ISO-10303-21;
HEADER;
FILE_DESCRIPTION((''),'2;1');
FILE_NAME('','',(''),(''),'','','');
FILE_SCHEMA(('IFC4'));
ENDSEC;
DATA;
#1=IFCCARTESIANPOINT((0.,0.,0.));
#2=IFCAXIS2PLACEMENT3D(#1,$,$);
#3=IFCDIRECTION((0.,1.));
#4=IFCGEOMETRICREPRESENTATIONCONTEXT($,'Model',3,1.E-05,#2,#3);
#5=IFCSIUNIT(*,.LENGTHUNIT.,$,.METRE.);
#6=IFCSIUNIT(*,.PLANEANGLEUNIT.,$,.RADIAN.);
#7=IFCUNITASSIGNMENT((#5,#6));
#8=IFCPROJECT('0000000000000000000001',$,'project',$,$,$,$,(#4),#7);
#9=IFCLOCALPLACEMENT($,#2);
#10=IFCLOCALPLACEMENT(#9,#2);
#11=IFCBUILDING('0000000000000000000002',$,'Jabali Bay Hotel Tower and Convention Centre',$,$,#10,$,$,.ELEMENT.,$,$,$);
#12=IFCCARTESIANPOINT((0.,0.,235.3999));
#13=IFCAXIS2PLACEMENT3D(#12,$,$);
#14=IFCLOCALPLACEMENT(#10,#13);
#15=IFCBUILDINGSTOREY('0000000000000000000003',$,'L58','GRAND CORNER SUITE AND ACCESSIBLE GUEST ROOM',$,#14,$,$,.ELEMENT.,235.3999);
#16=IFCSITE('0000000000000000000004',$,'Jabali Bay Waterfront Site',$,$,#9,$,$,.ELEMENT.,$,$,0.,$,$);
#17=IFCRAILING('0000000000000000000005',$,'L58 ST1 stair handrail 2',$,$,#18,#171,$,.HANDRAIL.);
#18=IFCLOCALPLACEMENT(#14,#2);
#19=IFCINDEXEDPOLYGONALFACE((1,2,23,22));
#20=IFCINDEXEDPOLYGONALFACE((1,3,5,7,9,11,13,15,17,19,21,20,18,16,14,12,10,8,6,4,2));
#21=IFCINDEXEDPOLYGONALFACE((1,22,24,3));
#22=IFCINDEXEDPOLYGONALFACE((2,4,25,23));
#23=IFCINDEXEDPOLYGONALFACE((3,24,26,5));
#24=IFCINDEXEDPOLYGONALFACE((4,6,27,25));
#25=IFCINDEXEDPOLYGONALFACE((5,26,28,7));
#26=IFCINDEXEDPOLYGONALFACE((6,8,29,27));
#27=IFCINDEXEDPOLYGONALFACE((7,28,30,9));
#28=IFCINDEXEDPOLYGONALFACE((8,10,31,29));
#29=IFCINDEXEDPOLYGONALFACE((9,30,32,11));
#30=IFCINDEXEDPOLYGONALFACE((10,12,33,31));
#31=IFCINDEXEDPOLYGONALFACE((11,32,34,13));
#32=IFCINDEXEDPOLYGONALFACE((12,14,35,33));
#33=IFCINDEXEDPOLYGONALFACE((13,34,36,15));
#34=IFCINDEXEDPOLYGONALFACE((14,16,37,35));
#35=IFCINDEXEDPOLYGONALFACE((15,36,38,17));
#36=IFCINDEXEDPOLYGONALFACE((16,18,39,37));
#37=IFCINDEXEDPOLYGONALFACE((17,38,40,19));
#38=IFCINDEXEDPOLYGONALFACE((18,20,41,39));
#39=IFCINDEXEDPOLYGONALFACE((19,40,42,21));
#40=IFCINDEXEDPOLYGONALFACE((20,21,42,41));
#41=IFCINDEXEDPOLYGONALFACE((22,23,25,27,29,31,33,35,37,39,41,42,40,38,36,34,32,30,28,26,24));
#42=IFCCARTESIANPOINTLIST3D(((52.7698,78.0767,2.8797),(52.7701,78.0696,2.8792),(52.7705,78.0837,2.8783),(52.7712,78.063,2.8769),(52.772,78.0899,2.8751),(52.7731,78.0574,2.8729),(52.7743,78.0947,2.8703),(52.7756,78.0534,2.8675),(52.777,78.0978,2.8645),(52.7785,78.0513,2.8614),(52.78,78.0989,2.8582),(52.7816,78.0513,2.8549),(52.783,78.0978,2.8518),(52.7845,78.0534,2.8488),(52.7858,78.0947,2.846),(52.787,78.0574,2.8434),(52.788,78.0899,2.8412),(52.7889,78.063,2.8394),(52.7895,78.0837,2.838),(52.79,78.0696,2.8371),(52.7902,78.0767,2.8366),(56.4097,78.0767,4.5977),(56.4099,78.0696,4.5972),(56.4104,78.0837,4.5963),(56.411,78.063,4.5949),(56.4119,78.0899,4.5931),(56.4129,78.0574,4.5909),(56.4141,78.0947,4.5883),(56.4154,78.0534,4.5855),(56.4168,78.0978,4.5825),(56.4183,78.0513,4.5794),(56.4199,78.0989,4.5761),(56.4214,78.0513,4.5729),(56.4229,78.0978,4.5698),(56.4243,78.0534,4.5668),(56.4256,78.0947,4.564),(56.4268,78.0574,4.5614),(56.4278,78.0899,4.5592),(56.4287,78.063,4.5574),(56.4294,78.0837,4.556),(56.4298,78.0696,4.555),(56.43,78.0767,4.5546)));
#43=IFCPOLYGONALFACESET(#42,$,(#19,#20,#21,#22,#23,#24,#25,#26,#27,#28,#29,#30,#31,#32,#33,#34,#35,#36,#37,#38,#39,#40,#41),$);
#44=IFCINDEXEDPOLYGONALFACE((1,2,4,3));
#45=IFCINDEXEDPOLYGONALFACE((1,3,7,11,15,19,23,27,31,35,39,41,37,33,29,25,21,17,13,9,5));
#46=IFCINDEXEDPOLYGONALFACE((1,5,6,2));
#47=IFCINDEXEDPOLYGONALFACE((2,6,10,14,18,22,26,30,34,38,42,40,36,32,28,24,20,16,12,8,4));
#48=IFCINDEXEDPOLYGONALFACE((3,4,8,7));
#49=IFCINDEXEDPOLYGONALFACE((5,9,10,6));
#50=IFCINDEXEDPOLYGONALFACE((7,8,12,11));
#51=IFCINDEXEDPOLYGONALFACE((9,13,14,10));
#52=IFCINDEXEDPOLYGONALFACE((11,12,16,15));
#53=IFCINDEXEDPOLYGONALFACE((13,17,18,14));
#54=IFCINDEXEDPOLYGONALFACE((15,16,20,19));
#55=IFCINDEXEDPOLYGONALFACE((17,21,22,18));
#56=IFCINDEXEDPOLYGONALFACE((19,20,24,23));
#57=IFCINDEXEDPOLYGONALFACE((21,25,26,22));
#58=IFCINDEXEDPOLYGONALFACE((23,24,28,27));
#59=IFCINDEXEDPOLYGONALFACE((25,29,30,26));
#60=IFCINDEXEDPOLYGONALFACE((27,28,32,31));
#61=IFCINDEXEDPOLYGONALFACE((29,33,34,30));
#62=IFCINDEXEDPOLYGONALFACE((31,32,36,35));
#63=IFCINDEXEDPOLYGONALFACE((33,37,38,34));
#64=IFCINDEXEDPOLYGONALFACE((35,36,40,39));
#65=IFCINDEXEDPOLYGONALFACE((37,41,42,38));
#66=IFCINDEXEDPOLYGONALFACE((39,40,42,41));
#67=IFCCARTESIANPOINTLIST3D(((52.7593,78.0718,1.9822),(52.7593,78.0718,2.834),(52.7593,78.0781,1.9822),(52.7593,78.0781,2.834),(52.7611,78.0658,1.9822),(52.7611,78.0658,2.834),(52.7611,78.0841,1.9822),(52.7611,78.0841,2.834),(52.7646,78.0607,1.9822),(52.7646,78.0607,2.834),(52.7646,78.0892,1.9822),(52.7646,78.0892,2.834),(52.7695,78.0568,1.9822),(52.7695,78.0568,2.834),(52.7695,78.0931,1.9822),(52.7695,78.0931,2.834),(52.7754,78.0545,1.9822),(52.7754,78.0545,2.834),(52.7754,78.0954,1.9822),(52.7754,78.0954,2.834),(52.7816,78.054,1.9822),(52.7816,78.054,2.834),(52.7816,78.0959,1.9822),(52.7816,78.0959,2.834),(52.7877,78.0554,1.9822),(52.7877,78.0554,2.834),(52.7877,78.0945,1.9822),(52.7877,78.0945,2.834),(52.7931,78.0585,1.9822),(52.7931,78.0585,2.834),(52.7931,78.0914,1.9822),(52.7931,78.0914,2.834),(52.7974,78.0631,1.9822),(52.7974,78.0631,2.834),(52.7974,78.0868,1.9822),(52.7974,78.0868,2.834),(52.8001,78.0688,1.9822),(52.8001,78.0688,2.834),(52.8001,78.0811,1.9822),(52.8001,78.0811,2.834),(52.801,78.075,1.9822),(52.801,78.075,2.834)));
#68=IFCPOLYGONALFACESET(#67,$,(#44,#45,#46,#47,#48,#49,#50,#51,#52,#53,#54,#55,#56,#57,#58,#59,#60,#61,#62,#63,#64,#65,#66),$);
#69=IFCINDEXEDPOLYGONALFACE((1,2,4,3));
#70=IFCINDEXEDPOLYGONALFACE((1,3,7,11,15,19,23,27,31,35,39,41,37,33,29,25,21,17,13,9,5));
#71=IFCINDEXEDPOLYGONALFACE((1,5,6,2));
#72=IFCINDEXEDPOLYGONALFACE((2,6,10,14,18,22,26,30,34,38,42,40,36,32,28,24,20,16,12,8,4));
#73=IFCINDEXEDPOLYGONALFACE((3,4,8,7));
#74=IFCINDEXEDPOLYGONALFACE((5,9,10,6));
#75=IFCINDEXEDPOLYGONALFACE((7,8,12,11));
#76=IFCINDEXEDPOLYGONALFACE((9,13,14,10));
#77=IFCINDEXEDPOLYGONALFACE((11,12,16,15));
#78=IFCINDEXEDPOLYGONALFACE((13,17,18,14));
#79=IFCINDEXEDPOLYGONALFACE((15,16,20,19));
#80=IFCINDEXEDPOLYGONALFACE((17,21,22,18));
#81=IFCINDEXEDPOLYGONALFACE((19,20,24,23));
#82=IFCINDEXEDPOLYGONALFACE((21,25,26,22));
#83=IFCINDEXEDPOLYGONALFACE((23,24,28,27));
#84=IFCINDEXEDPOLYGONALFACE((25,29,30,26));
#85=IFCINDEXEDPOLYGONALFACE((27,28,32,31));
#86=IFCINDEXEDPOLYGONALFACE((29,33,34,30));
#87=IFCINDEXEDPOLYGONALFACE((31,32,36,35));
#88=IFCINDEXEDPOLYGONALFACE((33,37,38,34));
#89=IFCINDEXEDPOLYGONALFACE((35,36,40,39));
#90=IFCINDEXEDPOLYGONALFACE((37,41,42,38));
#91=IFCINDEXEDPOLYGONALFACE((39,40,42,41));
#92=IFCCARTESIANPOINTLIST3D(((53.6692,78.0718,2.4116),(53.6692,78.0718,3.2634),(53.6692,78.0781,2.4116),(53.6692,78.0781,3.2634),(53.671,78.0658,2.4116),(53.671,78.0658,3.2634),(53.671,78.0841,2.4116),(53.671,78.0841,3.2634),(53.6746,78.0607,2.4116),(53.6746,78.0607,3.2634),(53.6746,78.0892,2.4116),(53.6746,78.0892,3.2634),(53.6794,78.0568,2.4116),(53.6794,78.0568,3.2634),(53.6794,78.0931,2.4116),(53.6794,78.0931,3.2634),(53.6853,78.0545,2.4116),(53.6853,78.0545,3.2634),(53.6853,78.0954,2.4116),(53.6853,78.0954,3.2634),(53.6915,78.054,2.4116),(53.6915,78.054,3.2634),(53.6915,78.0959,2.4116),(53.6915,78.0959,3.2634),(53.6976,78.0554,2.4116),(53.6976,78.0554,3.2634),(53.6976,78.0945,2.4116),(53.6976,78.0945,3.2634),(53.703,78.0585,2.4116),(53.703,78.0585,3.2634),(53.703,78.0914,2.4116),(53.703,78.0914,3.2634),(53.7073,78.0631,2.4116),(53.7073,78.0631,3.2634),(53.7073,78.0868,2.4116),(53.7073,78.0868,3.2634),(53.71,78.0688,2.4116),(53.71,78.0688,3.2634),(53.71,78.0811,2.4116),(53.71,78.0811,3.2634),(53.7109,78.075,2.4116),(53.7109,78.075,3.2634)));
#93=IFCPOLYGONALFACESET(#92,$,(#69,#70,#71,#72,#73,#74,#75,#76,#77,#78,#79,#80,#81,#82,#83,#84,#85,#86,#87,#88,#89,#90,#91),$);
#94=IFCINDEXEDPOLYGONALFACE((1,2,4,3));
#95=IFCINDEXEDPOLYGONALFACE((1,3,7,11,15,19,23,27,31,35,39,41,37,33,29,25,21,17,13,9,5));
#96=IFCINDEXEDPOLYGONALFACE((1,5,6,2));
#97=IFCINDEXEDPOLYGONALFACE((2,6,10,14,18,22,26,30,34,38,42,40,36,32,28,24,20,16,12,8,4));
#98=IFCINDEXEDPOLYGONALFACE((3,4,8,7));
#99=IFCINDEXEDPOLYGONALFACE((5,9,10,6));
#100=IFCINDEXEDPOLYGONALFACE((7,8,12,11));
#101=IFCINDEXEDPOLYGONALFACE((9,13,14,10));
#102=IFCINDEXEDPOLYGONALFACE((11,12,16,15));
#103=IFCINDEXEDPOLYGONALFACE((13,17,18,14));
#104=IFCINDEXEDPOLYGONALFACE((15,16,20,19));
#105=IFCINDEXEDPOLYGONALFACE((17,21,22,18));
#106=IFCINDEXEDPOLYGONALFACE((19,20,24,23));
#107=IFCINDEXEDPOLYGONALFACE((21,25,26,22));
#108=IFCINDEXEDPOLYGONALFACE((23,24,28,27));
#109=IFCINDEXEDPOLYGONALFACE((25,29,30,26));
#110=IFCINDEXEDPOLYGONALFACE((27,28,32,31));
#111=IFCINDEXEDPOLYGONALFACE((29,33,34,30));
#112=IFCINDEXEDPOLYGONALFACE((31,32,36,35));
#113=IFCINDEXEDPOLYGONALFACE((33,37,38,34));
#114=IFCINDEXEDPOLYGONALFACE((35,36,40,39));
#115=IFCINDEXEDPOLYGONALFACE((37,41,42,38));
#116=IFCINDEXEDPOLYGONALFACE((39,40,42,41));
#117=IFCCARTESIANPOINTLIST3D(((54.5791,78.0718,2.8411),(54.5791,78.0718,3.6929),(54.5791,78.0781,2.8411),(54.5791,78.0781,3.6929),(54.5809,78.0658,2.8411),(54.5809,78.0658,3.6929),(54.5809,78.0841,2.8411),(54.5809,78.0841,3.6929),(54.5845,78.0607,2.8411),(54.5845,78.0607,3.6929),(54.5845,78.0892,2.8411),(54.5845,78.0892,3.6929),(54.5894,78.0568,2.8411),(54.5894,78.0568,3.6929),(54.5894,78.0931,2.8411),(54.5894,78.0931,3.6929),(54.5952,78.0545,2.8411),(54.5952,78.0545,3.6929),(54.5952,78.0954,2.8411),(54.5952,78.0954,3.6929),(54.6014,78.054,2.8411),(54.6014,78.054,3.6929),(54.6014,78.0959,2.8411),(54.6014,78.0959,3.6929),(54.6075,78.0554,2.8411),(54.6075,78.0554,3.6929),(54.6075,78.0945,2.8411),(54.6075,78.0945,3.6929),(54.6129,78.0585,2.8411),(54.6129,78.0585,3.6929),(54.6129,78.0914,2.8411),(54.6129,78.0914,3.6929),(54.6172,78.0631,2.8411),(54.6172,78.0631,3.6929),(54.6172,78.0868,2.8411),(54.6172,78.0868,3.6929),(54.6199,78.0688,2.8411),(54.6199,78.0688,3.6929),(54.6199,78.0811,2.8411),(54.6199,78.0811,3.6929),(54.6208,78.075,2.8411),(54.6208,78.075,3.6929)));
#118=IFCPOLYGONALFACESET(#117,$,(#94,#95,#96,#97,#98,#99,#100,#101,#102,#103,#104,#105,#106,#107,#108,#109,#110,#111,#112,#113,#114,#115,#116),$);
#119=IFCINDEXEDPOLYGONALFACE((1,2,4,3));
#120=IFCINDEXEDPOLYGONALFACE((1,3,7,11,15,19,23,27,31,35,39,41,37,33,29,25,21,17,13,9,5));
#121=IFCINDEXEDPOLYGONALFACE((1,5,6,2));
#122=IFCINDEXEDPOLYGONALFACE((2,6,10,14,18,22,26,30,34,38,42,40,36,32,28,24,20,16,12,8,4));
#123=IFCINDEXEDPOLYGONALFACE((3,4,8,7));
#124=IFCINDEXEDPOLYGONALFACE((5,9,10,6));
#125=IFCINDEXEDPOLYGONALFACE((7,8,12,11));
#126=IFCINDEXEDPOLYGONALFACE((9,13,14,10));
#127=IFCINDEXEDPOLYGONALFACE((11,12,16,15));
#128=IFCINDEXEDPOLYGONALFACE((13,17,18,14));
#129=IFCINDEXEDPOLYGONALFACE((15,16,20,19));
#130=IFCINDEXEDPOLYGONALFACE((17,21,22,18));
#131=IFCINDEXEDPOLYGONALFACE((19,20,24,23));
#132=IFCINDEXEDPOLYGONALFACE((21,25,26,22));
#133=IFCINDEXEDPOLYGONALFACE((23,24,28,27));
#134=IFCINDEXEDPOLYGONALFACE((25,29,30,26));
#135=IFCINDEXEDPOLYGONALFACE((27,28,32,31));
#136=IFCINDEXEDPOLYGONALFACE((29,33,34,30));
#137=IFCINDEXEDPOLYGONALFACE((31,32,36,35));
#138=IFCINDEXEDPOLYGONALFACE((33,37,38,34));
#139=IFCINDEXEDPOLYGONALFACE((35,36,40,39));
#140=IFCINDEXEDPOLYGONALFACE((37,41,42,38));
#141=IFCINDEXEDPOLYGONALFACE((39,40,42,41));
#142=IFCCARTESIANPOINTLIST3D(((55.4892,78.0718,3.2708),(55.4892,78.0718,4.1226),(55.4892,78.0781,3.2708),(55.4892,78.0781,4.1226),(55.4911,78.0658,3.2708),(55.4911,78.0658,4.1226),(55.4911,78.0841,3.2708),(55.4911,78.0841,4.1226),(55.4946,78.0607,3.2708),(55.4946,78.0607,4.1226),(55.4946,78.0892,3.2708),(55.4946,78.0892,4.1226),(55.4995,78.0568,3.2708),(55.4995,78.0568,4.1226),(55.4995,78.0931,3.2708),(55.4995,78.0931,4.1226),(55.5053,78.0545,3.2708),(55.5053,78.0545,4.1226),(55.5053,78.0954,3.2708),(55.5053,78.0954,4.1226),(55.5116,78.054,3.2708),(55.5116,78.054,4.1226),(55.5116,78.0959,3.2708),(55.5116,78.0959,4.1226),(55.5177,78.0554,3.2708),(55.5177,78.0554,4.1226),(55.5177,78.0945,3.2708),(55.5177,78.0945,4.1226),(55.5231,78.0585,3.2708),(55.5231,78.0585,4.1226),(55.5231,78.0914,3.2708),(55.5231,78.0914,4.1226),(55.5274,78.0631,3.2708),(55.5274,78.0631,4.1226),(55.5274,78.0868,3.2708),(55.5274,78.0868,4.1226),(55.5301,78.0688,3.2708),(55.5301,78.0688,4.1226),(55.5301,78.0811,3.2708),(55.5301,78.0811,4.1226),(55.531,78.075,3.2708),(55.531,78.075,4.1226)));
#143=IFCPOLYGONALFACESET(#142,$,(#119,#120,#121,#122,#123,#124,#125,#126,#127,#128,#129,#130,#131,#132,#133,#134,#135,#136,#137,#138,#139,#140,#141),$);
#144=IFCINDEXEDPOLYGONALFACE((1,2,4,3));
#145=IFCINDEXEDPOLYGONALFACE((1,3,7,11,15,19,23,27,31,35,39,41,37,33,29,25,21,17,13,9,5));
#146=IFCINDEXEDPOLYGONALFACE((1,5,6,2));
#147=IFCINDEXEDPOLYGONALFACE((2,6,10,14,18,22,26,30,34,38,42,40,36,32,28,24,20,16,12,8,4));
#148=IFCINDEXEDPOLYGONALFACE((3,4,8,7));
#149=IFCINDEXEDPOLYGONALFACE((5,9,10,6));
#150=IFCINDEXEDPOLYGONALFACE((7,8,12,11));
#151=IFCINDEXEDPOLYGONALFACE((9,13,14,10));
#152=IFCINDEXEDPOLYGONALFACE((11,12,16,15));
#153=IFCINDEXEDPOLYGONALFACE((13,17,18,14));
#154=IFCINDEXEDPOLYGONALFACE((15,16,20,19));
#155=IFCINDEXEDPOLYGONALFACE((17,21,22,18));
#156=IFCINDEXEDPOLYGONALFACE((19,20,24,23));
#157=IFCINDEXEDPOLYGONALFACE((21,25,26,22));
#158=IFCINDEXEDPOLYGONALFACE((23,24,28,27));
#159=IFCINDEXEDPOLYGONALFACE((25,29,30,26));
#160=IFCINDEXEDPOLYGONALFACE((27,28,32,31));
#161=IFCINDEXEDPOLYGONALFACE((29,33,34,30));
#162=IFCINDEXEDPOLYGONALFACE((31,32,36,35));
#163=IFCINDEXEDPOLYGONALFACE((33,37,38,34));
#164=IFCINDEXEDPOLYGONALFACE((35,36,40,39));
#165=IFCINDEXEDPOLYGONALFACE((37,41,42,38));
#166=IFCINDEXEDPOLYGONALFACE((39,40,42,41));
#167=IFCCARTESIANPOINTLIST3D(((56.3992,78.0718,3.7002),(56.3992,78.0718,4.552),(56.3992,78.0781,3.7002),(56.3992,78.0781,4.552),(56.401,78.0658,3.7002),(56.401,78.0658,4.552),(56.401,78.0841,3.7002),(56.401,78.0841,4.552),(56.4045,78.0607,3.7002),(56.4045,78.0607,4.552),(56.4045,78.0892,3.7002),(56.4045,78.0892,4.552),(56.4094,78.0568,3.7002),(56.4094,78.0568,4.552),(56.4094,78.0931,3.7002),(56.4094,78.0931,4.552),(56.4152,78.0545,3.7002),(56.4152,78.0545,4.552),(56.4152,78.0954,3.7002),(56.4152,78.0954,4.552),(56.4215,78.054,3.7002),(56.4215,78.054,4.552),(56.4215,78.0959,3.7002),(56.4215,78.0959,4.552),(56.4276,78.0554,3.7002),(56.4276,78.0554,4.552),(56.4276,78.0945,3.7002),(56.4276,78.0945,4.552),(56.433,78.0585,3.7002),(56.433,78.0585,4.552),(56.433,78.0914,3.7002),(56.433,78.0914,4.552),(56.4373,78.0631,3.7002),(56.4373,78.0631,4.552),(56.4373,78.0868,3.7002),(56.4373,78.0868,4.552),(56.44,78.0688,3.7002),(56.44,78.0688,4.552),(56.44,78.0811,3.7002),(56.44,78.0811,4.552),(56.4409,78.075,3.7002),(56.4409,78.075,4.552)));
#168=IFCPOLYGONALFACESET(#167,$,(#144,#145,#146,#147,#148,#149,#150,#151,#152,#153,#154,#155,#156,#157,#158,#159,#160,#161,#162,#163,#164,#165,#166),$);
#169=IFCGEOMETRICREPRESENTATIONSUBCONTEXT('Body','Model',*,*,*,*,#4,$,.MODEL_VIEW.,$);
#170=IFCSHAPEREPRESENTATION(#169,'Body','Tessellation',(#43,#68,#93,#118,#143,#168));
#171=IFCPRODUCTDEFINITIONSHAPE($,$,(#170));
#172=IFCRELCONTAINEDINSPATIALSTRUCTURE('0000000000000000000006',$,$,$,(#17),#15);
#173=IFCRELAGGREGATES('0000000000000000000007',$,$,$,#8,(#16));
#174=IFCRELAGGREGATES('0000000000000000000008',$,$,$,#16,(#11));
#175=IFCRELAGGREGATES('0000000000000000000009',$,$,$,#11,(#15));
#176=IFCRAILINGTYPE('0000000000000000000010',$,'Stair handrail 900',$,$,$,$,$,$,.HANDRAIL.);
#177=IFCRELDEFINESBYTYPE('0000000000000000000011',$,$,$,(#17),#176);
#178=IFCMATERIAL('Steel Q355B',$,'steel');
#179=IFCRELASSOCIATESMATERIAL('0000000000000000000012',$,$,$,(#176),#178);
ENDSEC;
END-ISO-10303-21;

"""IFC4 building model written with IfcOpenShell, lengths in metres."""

from ifc_helpers import new_model, si_unit, direction, frame, origin, origin_2d, place, context, subcontext, project, spatial, circle, extrude, material, type_object, element, save


model = new_model("IFC4")

# Units and contexts
model_context = context("Model", 3, precision=1e-05, world=origin(), true_north=direction((0.0, 1.0)))
body_context = subcontext(model_context, "Body", "Model", "MODEL_VIEW")
ifc_project = project(units=[si_unit("LENGTHUNIT", "METRE"), si_unit("PLANEANGLEUNIT", "RADIAN")], contexts=[model_context])

# Site, building, storey
site_placement = place(None, origin())
site = spatial("IfcSite", under=ifc_project, at=site_placement, Name="Jabali Bay Waterfront Site", CompositionType="ELEMENT", RefElevation=0.0)
building_placement = place(site_placement, origin())
building = spatial("IfcBuilding", under=site, at=building_placement, Name="Jabali Bay Hotel Tower and Convention Centre", CompositionType="ELEMENT")
storey_placement = place(building_placement, frame((0.0, 0.0, 235.3999)))
storey = spatial("IfcBuildingStorey", under=building, at=storey_placement, Name="L58", Description="GRAND CORNER SUITE AND ACCESSIBLE GUEST ROOM", CompositionType="ELEMENT", Elevation=235.3999)

# Railing
ifc_material_1 = material(Name="Steel Q355B", Category="steel")
railing_type = type_object("IfcRailingType", Name="Stair handrail 900", PredefinedType="HANDRAIL", material=ifc_material_1)
railing_placement = place(storey_placement, frame((52.78, 78.075, 1.9822)))
element("IfcRailing", 1, at=railing_placement, inside=storey, type_object=railing_type, Name="L58 ST1 stair handrail 2", PredefinedType="HANDRAIL", context=body_context, shape_type="SweptSolid", body=[
    extrude(circle(Radius=0.0239, at=origin_2d()), frame((0.0, 0.0, 0.876), z_axis=(0.904327, 0.0, 0.42684), x_axis=(0.0, 1.0, 0.0)), (0.0, 0.0, 1.0), 4.0249),
    extrude(circle(Radius=0.021, at=origin_2d()), origin(), (0.0, 0.0, 1.0), 0.8518),
    extrude(circle(Radius=0.021, at=origin_2d()), frame((0.9099, 0.0, 0.4294)), (0.0, 0.0, 1.0), 0.8518),
    extrude(circle(Radius=0.021, at=origin_2d()), frame((1.8198, 0.0, 0.8589)), (0.0, 0.0, 1.0), 0.8518),
    extrude(circle(Radius=0.021, at=origin_2d()), frame((2.73, 0.0, 1.2886)), (0.0, 0.0, 1.0), 0.8518),
    extrude(circle(Radius=0.021, at=origin_2d()), frame((3.6399, 0.0, 1.718)), (0.0, 0.0, 1.0), 0.8518),
])

save(model, "model.ifc")
